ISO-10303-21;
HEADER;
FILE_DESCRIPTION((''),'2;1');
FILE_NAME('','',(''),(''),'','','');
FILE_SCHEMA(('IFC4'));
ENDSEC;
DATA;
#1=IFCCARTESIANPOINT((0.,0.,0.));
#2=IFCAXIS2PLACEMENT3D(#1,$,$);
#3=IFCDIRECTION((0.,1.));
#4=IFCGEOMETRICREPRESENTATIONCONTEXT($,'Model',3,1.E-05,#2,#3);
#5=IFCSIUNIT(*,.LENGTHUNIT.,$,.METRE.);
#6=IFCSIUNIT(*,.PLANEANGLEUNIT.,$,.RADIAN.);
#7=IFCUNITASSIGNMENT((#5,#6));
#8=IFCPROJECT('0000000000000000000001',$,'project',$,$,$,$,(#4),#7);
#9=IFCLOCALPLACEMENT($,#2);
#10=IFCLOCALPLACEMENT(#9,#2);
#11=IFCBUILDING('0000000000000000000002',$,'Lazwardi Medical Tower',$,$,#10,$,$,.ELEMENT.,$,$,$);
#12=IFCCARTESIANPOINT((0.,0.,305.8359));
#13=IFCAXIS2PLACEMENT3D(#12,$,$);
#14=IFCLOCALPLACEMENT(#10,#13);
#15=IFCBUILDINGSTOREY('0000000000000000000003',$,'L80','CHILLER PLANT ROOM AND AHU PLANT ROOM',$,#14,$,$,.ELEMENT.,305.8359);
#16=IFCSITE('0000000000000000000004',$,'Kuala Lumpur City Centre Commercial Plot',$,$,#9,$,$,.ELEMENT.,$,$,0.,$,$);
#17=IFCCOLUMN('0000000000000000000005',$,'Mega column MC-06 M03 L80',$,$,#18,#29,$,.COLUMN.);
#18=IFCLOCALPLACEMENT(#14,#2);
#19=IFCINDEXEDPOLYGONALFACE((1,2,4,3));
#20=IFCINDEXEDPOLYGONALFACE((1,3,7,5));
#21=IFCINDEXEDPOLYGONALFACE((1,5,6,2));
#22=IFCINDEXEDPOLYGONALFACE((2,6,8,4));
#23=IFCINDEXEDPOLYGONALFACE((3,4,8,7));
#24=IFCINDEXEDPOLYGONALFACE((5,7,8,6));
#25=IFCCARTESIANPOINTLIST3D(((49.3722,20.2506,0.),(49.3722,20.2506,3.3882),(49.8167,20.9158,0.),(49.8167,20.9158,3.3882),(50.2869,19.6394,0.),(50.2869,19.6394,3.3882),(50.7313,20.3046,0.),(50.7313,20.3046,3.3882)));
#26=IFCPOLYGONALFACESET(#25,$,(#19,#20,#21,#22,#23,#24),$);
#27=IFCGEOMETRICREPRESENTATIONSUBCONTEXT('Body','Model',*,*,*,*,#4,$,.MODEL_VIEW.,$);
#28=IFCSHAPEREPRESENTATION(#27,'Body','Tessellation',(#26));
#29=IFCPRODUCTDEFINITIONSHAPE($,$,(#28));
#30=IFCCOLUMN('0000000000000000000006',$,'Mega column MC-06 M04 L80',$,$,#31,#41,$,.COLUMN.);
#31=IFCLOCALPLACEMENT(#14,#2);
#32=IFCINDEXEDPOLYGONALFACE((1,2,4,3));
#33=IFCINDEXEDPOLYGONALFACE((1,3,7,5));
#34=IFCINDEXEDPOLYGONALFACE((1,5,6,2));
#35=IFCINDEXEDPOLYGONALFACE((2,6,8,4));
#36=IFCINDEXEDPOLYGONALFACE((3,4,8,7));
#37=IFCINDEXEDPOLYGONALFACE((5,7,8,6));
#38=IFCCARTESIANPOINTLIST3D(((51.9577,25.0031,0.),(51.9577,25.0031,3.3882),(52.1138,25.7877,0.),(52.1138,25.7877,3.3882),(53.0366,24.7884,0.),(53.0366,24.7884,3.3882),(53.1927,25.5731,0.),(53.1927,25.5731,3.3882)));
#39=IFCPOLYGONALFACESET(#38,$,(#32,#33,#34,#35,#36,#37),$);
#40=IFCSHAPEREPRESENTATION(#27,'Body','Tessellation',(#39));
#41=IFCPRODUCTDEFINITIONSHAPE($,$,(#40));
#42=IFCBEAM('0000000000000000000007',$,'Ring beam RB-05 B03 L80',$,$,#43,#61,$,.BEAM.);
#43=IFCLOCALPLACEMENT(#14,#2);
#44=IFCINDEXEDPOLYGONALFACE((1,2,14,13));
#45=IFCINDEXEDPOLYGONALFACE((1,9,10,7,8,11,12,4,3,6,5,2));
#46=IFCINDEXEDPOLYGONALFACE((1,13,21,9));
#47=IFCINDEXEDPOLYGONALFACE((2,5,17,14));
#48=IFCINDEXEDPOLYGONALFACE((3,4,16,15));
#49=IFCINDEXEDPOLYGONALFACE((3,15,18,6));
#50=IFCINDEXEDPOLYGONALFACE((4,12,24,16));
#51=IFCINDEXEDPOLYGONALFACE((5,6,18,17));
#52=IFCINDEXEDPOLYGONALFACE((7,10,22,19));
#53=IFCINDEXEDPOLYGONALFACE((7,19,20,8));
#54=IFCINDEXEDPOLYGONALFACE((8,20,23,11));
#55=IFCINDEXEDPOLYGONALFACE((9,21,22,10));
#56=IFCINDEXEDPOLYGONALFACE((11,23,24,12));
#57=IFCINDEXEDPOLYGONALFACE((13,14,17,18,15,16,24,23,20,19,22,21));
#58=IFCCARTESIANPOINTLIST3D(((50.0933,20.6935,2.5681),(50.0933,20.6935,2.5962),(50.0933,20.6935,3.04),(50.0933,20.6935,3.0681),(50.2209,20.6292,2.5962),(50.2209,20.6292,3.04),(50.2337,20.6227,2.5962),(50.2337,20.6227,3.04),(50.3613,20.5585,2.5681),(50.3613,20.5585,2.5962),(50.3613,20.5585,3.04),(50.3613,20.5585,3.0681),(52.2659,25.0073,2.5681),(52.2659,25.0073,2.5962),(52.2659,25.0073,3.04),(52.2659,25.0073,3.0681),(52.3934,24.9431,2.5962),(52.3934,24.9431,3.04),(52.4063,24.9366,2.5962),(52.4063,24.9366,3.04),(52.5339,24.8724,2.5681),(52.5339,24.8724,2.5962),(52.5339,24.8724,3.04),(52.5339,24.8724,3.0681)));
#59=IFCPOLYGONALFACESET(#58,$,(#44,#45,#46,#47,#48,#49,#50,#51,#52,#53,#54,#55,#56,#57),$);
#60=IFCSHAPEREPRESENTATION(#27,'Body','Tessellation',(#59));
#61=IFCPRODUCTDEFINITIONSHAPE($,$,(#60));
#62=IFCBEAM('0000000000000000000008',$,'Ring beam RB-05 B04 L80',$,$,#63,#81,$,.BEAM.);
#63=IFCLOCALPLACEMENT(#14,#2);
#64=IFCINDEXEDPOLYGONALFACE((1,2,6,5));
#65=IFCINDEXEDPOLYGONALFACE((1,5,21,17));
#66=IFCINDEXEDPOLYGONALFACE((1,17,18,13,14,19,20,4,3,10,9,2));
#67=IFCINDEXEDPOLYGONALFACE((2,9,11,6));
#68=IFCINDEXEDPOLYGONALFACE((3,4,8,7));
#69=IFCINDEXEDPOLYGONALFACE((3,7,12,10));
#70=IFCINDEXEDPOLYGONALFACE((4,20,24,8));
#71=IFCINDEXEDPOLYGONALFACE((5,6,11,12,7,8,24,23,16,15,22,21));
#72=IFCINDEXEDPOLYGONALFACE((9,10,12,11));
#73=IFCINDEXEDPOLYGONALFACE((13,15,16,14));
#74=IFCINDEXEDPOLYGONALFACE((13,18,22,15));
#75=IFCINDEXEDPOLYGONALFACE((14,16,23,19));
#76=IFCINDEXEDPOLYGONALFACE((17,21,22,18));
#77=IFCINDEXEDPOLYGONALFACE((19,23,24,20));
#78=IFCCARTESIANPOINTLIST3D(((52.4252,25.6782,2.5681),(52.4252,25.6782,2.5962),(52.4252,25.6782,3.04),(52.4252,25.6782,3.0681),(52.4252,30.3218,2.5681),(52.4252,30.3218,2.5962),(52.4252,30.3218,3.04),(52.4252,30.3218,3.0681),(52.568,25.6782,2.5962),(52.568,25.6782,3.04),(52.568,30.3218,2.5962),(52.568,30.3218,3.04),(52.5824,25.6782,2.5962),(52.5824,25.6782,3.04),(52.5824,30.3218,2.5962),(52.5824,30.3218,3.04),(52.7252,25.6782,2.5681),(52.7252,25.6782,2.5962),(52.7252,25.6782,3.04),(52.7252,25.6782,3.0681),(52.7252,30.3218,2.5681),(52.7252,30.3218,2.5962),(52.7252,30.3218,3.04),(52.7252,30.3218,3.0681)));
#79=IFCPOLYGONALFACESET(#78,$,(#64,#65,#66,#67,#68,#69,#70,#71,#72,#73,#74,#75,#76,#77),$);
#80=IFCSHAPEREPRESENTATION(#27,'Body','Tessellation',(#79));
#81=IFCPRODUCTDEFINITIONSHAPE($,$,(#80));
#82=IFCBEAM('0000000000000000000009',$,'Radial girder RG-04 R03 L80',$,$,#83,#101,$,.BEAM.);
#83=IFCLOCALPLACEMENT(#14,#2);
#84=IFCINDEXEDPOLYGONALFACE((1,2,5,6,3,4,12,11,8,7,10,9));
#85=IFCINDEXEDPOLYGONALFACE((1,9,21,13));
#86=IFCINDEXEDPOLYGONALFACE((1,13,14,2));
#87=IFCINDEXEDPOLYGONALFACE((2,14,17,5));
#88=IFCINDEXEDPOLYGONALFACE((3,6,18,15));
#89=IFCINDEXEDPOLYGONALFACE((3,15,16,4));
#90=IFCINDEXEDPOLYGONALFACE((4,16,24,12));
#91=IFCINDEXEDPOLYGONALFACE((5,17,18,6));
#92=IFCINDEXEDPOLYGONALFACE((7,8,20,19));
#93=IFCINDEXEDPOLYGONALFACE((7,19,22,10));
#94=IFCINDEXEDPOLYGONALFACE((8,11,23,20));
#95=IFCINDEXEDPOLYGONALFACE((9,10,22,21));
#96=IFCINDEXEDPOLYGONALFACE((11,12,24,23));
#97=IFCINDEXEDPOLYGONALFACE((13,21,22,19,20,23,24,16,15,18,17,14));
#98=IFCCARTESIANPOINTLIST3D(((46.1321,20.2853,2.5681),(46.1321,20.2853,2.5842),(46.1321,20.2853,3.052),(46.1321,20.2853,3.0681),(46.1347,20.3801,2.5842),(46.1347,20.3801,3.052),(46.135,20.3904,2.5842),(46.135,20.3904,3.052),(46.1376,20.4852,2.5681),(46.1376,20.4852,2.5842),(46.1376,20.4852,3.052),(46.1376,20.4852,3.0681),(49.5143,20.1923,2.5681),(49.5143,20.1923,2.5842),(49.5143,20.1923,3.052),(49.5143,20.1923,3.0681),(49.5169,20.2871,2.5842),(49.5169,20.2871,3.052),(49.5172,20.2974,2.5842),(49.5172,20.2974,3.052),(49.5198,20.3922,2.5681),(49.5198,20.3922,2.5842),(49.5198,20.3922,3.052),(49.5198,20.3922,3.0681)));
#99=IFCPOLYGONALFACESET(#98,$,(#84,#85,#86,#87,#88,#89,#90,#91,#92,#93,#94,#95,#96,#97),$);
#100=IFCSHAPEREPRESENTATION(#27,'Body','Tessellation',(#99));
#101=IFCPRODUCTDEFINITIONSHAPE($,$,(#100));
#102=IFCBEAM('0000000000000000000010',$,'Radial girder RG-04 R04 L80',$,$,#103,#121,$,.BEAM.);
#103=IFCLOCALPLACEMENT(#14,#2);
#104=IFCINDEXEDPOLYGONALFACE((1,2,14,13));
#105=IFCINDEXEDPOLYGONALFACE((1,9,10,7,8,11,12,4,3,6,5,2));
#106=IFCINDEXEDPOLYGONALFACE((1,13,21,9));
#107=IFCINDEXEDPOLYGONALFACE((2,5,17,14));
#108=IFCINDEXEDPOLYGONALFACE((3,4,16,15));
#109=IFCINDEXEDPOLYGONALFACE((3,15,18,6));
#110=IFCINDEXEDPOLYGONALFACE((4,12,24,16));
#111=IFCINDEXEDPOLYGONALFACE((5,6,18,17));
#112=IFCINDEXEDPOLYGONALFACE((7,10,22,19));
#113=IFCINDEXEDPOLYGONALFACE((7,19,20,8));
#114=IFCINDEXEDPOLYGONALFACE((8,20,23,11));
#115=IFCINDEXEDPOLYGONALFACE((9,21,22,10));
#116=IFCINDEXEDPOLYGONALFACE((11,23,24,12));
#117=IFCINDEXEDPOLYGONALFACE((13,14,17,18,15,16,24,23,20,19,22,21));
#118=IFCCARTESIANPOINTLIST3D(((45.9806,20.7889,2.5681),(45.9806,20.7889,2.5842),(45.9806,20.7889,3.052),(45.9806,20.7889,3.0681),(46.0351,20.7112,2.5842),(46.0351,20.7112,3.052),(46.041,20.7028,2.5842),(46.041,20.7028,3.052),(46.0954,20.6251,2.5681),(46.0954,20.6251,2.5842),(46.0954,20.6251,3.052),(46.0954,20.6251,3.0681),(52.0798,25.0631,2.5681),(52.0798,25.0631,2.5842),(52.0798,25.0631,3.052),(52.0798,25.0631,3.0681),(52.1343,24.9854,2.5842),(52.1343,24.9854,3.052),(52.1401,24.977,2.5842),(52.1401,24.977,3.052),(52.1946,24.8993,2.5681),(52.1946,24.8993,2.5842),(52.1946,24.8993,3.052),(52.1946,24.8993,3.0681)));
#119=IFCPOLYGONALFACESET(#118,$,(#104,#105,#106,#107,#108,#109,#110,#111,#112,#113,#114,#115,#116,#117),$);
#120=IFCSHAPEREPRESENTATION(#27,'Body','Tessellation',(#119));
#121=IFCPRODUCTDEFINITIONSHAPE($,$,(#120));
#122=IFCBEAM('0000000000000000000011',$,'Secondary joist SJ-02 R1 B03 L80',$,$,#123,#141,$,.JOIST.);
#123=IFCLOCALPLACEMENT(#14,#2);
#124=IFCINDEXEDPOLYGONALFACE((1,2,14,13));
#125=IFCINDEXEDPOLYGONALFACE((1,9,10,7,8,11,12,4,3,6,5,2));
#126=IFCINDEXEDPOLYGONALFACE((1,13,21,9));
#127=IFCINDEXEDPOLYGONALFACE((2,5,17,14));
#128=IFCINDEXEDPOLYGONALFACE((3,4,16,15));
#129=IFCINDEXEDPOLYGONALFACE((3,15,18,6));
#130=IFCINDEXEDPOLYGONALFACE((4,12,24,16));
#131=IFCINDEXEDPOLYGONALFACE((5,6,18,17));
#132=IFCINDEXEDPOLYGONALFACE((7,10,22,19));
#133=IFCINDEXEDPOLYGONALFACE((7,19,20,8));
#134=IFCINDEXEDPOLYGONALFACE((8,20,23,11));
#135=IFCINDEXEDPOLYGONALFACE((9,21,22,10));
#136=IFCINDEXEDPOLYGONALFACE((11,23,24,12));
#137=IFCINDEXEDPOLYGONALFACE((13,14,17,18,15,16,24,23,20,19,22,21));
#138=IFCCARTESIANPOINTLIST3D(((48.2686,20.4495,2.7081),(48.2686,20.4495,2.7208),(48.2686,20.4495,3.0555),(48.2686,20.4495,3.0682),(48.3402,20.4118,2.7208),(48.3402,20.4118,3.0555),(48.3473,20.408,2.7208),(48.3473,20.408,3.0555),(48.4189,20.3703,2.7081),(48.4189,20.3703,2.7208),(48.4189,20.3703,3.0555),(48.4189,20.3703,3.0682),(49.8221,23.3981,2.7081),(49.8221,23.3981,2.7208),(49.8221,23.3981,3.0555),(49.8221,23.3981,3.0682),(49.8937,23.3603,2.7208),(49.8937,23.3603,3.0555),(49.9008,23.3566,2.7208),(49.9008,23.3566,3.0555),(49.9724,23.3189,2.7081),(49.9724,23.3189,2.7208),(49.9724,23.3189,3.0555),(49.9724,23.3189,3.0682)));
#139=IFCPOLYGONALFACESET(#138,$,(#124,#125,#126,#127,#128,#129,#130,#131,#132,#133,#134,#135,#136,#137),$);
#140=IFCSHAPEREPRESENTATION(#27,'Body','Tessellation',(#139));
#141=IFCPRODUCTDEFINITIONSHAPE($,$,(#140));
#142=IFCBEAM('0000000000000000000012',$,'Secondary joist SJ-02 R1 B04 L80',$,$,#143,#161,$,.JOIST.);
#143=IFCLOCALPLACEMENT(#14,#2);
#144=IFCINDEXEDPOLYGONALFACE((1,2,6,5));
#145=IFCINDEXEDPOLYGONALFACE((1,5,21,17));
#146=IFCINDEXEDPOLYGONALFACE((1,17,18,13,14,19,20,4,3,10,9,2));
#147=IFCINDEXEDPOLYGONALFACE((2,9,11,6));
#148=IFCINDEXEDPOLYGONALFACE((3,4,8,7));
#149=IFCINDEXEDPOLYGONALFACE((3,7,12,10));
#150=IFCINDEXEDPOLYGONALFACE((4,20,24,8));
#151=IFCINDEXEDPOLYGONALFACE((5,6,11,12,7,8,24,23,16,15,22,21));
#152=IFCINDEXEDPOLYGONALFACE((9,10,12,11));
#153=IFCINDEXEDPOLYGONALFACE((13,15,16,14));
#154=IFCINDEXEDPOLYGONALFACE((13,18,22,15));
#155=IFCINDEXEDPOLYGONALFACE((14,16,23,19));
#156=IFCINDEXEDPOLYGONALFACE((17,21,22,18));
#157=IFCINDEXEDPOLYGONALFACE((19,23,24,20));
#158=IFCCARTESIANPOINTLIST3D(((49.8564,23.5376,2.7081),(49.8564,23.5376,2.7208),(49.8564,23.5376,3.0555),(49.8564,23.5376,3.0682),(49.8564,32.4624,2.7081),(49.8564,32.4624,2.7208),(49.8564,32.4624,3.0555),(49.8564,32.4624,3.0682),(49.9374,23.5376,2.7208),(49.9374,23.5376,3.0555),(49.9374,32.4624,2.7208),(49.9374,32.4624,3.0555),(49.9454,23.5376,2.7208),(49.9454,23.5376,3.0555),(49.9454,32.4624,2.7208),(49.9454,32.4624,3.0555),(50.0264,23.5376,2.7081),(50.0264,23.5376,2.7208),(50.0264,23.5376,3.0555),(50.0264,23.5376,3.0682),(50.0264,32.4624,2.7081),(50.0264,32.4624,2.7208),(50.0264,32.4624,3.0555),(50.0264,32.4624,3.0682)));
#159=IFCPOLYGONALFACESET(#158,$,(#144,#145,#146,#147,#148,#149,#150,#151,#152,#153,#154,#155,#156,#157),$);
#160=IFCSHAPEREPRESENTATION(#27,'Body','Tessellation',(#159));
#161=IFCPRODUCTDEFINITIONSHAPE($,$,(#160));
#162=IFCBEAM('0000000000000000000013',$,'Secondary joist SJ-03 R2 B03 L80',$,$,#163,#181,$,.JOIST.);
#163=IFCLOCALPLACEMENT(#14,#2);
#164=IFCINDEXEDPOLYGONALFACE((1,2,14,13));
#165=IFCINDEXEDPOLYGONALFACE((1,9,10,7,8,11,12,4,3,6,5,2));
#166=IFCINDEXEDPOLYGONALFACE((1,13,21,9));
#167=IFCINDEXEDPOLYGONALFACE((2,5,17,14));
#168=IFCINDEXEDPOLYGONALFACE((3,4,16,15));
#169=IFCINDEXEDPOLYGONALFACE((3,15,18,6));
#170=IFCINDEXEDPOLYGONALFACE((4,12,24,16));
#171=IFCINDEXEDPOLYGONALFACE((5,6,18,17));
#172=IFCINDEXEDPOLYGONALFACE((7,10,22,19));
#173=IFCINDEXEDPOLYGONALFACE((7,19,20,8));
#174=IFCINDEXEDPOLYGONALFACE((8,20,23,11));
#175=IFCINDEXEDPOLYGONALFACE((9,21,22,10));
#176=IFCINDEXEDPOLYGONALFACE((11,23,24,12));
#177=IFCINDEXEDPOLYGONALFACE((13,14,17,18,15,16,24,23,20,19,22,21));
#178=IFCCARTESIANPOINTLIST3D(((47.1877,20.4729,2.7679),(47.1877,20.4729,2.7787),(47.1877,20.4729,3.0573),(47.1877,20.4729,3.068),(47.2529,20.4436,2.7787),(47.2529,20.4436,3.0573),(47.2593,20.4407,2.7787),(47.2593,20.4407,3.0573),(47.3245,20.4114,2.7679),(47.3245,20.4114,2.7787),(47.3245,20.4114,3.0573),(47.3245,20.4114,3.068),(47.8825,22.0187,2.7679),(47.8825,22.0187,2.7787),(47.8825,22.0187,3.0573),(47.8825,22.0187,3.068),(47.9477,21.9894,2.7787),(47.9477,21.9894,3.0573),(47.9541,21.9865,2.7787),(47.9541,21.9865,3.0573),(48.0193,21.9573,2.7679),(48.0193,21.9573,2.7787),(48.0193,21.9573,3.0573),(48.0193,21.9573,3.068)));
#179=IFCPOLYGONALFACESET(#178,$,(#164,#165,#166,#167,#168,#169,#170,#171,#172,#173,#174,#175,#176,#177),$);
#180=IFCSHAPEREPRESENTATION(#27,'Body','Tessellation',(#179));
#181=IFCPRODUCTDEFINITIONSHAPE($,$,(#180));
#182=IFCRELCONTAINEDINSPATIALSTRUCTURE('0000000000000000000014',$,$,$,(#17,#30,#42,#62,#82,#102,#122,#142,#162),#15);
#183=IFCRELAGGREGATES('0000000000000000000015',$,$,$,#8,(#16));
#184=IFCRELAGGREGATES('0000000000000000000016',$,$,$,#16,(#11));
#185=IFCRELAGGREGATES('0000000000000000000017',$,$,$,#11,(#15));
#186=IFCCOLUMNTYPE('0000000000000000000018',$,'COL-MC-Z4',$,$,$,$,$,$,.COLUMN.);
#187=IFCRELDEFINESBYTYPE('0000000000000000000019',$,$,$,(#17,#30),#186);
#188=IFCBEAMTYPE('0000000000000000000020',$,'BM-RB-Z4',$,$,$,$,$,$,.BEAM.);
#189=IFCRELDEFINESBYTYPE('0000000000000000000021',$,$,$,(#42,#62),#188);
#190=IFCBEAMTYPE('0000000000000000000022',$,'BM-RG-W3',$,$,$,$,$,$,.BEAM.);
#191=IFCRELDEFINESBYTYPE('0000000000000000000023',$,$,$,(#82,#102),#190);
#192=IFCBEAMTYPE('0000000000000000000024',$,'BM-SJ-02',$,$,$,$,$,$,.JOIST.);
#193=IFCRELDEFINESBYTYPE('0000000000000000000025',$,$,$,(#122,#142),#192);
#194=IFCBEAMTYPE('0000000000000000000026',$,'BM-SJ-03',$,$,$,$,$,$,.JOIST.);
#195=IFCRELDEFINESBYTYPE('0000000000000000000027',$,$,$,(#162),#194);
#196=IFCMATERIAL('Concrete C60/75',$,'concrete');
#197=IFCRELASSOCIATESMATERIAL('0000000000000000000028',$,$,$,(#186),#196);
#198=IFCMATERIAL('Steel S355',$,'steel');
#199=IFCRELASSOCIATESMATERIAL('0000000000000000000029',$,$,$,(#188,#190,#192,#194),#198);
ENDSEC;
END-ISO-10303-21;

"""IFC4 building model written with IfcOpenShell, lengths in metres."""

from ifc_helpers import new_model, si_unit, direction, frame, origin, origin_2d, place, context, subcontext, project, spatial, rectangle, i_section, extrude, material, material_profile, profile_set, type_object, element, save


model = new_model("IFC4")

# Units and contexts
model_context = context("Model", 3, precision=1e-05, world=origin(), true_north=direction((0.0, 1.0)))
body_context = subcontext(model_context, "Body", "Model", "MODEL_VIEW")
ifc_project = project(units=[si_unit("LENGTHUNIT", "METRE"), si_unit("PLANEANGLEUNIT", "RADIAN")], contexts=[model_context])

# Site, building, storey
site_placement = place(None, origin())
site = spatial("IfcSite", under=ifc_project, at=site_placement, Name="Kuala Lumpur City Centre Commercial Plot", CompositionType="ELEMENT", RefElevation=0.0)
building_placement = place(site_placement, origin())
building = spatial("IfcBuilding", under=site, at=building_placement, Name="Lazwardi Medical Tower", CompositionType="ELEMENT")
storey_placement = place(building_placement, frame((0.0, 0.0, 305.8359)))
storey = spatial("IfcBuildingStorey", under=building, at=storey_placement, Name="L80", Description="CHILLER PLANT ROOM AND AHU PLANT ROOM", CompositionType="ELEMENT", Elevation=305.8359)

# Columns
ifc_material_1 = material(Name="Concrete C60/75", Category="concrete")
ifc_material_profile_1 = material_profile(ifc_material_1, rectangle(XDim=1.1001, YDim=0.8, at=origin_2d()), Name="CFT-RECT 1100x800")
ifc_profile_set_1 = profile_set([ifc_material_profile_1], Name="Concrete C60/75")
column_type = type_object("IfcColumnType", Name="COL-MC-Z4", PredefinedType="COLUMN", material=ifc_profile_set_1)
for number, where, z_axis, x_axis, name in (
    (1, (50.0518, 20.2776, 0.0), (0.0, 0.0, 1.0), (0.83147, -0.55557, 0.0), "Mega column MC-06 M03 L80"),
    (2, (52.5752, 25.2881, 0.0), (0.0, 0.0, 1.0), (0.980785, -0.19509, 0.0), "Mega column MC-06 M04 L80"),
):
    element("IfcColumn", number, at=place(storey_placement, frame(where, z_axis=z_axis, x_axis=x_axis)), inside=storey, type_object=column_type, Name=name, PredefinedType="COLUMN", context=body_context, shape_type="SweptSolid", body=[
        extrude(rectangle(XDim=1.1001, YDim=0.8, at=origin_2d()), origin(), (0.0, 0.0, 1.0), 3.3882),
    ])

# Beams
ifc_material_2 = material(Name="Steel S355", Category="steel")
ifc_material_profile_2 = material_profile(ifc_material_2, i_section(OverallWidth=0.3, OverallDepth=0.5, WebThickness=0.0144, FlangeThickness=0.0281, at=origin_2d()), Name="HEB 500")
ifc_profile_set_2 = profile_set([ifc_material_profile_2], Name="Steel S355")
beam_type_1 = type_object("IfcBeamType", Name="BM-RB-Z4", PredefinedType="BEAM", material=ifc_profile_set_2)
beam_1_placement = place(storey_placement, frame((50.2273, 20.626, 2.8181), z_axis=(0.4498, 0.893129, 0.0), x_axis=(-0.893129, 0.4498, 0.0)))
element("IfcBeam", 3, at=beam_1_placement, inside=storey, type_object=beam_type_1, Name="Ring beam RB-05 B03 L80", PredefinedType="BEAM", context=body_context, shape_type="SweptSolid", body=[
    extrude(i_section(OverallWidth=0.3, OverallDepth=0.5, WebThickness=0.0144, FlangeThickness=0.0281, at=origin_2d()), origin(), (0.0, 0.0, 1.0), 4.8301),
])
beam_2_placement = place(storey_placement, frame((52.5752, 25.6782, 2.8181), z_axis=(0.0, 1.0, 0.0), x_axis=(-1.0, 0.0, 0.0)))
element("IfcBeam", 4, at=beam_2_placement, inside=storey, type_object=beam_type_1, Name="Ring beam RB-05 B04 L80", PredefinedType="BEAM", context=body_context, shape_type="SweptSolid", body=[
    extrude(i_section(OverallWidth=0.3, OverallDepth=0.5, WebThickness=0.0144, FlangeThickness=0.0281, at=origin_2d()), origin(), (0.0, 0.0, 1.0), 4.6436),
])
ifc_material_profile_3 = material_profile(ifc_material_2, i_section(OverallWidth=0.2, OverallDepth=0.5, WebThickness=0.0103, FlangeThickness=0.0161, at=origin_2d()), Name="IPE 500")
ifc_profile_set_3 = profile_set([ifc_material_profile_3], Name="Steel S355")
beam_type_2 = type_object("IfcBeamType", Name="BM-RG-W3", PredefinedType="BEAM", material=ifc_profile_set_3)
beam_3_placement = place(storey_placement, frame((49.5171, 20.2922, 2.8181), z_axis=(-0.999622, 0.027491, 0.0), x_axis=(-0.027491, -0.999622, 0.0)))
element("IfcBeam", 5, at=beam_3_placement, inside=storey, type_object=beam_type_2, Name="Radial girder RG-04 R03 L80", PredefinedType="BEAM", context=body_context, shape_type="SweptSolid", body=[
    extrude(i_section(OverallWidth=0.2, OverallDepth=0.5, WebThickness=0.0103, FlangeThickness=0.0161, at=origin_2d()), origin(), (0.0, 0.0, 1.0), 3.3835),
])
beam_4_placement = place(storey_placement, frame((52.1372, 24.9812, 2.8181), z_axis=(-0.81893, -0.573893, 0.0), x_axis=(0.573893, -0.81893, 0.0)))
element("IfcBeam", 6, at=beam_4_placement, inside=storey, type_object=beam_type_2, Name="Radial girder RG-04 R04 L80", PredefinedType="BEAM", context=body_context, shape_type="SweptSolid", body=[
    extrude(i_section(OverallWidth=0.2, OverallDepth=0.5, WebThickness=0.0103, FlangeThickness=0.0161, at=origin_2d()), origin(), (0.0, 0.0, 1.0), 7.4478),
])
ifc_material_profile_4 = material_profile(ifc_material_2, i_section(OverallWidth=0.1699, OverallDepth=0.3601, WebThickness=0.0081, FlangeThickness=0.0127, at=origin_2d()), Name="IPE 360")
ifc_profile_set_4 = profile_set([ifc_material_profile_4], Name="Steel S355")
beam_type_3 = type_object("IfcBeamType", Name="BM-SJ-02", PredefinedType="JOIST", material=ifc_profile_set_4)
beam_5_placement = place(storey_placement, frame((48.3438, 20.4099, 2.8882), z_axis=(0.46613, 0.884716, 0.0), x_axis=(-0.884716, 0.46613, 0.0)))
element("IfcBeam", 7, at=beam_5_placement, inside=storey, type_object=beam_type_3, Name="Secondary joist SJ-02 R1 B03 L80", PredefinedType="JOIST", context=body_context, shape_type="SweptSolid", body=[
    extrude(i_section(OverallWidth=0.1699, OverallDepth=0.3601, WebThickness=0.0081, FlangeThickness=0.0127, at=origin_2d()), origin(), (0.0, 0.0, 1.0), 3.3328),
])
beam_6_placement = place(storey_placement, frame((49.9414, 23.5376, 2.8882), z_axis=(0.0, 1.0, 0.0), x_axis=(-1.0, 0.0, 0.0)))
element("IfcBeam", 8, at=beam_6_placement, inside=storey, type_object=beam_type_3, Name="Secondary joist SJ-02 R1 B04 L80", PredefinedType="JOIST", context=body_context, shape_type="SweptSolid", body=[
    extrude(i_section(OverallWidth=0.1699, OverallDepth=0.3601, WebThickness=0.0081, FlangeThickness=0.0127, at=origin_2d()), origin(), (0.0, 0.0, 1.0), 8.9248),
])
ifc_material_profile_5 = material_profile(ifc_material_2, i_section(OverallWidth=0.1499, OverallDepth=0.3, WebThickness=0.0071, FlangeThickness=0.0107, at=origin_2d()), Name="IPE 300")
ifc_profile_set_5 = profile_set([ifc_material_profile_5], Name="Steel S355")
beam_type_4 = type_object("IfcBeamType", Name="BM-SJ-03", PredefinedType="JOIST", material=ifc_profile_set_5)
beam_7_placement = place(storey_placement, frame((47.2561, 20.4421, 2.918), z_axis=(0.409957, 0.912105, 0.0), x_axis=(-0.912105, 0.409957, 0.0)))
element("IfcBeam", 9, at=beam_7_placement, inside=storey, type_object=beam_type_4, Name="Secondary joist SJ-03 R2 B03 L80", PredefinedType="JOIST", context=body_context, shape_type="SweptSolid", body=[
    extrude(i_section(OverallWidth=0.1499, OverallDepth=0.3, WebThickness=0.0071, FlangeThickness=0.0107, at=origin_2d()), origin(), (0.0, 0.0, 1.0), 1.6948),
])

save(model, "model.ifc")
